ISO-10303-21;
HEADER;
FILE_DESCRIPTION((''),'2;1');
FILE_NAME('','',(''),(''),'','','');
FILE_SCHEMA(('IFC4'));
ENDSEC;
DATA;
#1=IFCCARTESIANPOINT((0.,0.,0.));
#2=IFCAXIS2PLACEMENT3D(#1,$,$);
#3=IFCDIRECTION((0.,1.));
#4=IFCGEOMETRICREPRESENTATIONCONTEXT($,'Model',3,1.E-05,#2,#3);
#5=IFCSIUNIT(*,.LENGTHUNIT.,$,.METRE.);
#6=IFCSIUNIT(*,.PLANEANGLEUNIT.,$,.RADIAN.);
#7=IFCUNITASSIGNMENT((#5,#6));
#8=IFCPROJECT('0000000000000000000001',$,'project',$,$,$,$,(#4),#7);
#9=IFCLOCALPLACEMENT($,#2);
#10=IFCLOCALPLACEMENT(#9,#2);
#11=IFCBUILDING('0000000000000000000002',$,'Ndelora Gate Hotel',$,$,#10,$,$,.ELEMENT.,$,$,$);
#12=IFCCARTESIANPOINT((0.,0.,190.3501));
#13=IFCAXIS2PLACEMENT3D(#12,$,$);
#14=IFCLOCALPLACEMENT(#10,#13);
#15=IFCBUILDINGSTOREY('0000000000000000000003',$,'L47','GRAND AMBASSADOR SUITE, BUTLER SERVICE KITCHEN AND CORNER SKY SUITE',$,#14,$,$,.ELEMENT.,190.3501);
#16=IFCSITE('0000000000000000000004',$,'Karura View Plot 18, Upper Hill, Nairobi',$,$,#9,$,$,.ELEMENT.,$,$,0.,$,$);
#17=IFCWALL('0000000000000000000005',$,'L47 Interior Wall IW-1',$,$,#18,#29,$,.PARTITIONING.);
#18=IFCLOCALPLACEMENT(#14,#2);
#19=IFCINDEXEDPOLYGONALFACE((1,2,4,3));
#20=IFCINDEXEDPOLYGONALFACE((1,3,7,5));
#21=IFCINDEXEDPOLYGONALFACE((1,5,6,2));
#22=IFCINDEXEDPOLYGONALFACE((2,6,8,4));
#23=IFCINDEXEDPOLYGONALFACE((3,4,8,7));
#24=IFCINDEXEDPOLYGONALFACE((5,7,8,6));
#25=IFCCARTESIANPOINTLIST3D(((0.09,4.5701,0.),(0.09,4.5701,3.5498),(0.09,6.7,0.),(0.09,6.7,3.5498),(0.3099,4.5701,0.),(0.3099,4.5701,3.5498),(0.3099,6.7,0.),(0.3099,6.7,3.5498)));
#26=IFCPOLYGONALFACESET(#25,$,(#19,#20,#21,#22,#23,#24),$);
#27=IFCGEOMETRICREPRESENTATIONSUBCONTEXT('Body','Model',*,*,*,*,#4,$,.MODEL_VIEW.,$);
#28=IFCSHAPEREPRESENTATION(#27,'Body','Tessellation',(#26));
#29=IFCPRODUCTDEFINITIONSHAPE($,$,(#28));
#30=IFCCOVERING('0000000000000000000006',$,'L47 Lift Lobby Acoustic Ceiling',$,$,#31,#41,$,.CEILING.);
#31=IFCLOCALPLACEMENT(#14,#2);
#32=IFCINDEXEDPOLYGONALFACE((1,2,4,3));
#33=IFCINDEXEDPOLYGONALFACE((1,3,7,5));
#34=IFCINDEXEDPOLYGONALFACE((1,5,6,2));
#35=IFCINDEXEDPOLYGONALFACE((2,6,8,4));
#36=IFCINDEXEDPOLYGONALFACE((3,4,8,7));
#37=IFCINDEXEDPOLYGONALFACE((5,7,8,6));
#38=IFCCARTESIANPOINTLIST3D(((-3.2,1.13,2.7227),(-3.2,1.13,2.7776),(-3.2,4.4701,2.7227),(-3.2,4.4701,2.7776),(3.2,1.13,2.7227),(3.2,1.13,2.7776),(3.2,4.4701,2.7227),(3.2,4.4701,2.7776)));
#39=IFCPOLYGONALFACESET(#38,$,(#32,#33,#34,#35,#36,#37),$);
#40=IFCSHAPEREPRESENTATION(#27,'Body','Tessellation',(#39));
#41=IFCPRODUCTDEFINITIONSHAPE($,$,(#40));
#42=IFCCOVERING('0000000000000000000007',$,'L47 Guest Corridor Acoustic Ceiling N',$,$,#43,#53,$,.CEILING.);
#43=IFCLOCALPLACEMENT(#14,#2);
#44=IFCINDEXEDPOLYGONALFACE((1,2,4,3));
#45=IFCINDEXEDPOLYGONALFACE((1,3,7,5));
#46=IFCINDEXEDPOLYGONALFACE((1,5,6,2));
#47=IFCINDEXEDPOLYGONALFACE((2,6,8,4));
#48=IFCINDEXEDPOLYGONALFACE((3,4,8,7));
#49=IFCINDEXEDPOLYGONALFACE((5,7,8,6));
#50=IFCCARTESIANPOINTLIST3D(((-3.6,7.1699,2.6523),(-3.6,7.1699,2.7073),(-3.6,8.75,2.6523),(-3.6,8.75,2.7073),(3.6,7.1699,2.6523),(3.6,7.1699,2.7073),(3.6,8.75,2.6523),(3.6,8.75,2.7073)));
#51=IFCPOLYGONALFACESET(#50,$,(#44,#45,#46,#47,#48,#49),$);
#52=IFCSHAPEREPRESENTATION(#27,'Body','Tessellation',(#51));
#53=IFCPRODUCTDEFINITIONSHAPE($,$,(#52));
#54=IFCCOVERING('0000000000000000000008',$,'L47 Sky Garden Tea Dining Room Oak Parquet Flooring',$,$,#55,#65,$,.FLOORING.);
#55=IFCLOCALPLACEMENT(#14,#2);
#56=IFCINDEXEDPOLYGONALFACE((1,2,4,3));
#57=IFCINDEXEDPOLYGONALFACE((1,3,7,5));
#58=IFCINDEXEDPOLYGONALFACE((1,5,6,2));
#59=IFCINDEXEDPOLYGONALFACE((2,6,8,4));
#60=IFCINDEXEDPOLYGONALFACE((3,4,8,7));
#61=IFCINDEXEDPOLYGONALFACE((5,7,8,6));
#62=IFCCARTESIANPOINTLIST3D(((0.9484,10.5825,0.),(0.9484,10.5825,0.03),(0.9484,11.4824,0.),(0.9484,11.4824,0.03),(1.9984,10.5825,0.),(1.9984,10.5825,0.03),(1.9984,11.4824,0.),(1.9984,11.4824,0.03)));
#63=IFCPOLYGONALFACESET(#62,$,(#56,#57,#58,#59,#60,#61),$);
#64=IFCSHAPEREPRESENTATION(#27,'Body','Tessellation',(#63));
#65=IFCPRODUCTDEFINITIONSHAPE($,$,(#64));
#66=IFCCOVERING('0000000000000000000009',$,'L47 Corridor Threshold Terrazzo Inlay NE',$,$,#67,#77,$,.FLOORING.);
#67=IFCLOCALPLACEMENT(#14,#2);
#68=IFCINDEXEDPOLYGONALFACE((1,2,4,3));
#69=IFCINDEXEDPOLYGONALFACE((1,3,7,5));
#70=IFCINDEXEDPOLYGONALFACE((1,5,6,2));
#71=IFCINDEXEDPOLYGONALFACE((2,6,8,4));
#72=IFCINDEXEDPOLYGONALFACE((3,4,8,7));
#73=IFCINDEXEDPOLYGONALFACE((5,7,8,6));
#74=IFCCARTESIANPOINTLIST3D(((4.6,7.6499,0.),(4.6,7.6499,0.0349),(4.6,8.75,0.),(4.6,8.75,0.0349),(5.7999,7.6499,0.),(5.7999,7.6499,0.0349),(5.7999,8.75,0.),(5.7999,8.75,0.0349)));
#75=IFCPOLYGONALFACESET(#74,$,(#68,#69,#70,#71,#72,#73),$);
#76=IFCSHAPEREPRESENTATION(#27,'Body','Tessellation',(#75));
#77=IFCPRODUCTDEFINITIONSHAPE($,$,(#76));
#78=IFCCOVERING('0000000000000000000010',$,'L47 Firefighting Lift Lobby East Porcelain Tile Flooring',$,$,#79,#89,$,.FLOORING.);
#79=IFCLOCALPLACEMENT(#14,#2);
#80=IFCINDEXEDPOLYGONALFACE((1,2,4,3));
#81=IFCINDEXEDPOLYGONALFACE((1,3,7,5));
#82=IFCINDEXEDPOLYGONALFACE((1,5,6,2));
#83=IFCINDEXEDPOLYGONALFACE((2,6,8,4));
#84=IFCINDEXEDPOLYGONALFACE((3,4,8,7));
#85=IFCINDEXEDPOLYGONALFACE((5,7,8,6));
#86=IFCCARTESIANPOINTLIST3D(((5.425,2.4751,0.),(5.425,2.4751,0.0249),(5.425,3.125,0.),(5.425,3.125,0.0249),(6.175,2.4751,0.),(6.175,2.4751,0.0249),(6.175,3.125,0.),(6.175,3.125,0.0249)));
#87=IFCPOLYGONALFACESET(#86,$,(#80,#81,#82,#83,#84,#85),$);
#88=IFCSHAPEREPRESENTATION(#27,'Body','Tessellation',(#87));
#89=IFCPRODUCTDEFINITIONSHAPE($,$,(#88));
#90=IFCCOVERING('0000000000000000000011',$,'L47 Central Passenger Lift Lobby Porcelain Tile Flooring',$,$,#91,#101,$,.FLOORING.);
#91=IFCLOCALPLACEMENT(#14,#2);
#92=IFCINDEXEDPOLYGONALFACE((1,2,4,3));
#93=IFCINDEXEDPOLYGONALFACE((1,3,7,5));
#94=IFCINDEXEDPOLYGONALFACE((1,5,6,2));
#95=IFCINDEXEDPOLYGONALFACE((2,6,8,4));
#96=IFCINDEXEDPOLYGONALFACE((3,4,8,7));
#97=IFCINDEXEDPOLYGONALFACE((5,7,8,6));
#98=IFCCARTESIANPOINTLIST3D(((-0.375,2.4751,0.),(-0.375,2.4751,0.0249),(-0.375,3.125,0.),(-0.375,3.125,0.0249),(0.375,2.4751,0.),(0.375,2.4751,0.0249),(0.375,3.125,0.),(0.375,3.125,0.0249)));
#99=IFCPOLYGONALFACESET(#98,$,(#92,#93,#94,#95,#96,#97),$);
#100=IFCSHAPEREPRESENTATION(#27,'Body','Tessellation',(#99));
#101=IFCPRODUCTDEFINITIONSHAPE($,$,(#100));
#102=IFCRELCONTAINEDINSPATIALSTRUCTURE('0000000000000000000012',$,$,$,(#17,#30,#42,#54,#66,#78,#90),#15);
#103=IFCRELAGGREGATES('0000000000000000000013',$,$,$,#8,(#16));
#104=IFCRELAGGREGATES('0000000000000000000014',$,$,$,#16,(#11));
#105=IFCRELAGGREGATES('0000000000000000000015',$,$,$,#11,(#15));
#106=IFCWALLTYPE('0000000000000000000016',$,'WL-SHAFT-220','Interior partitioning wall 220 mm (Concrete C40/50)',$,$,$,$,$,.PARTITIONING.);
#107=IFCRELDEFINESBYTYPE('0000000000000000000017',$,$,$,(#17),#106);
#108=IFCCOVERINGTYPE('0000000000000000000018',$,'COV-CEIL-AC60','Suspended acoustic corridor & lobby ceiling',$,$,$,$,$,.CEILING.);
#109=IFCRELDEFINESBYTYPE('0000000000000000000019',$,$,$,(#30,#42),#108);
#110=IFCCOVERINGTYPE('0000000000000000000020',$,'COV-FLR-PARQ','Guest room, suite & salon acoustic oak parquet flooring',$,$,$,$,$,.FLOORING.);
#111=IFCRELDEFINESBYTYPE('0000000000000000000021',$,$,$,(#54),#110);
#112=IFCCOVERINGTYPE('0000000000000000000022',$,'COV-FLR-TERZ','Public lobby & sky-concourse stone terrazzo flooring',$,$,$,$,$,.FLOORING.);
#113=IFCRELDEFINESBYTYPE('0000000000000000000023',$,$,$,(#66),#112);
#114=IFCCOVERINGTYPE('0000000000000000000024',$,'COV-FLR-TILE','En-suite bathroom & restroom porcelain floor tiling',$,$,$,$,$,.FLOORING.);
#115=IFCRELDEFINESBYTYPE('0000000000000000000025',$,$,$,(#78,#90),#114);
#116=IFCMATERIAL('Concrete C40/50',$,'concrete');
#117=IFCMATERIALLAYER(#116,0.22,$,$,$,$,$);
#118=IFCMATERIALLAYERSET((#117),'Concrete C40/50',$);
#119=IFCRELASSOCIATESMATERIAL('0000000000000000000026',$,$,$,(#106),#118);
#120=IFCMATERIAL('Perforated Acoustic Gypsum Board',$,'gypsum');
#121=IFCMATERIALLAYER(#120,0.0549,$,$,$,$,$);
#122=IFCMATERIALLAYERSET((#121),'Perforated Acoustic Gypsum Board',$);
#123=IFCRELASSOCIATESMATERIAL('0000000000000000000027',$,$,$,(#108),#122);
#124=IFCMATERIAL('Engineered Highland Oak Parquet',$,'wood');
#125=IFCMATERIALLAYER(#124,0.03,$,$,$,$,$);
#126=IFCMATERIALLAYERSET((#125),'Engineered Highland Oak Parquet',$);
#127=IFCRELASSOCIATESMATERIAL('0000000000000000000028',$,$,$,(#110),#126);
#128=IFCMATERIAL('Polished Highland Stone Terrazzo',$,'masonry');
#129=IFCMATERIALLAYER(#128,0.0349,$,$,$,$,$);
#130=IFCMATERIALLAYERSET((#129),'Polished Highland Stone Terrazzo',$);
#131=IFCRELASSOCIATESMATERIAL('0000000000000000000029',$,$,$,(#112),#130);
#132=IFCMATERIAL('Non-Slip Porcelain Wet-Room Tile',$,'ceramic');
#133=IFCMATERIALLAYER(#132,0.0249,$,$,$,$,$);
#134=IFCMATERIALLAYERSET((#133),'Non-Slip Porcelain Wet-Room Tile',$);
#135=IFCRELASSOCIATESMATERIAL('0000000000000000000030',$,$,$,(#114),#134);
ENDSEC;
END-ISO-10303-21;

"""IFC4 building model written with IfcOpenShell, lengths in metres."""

from ifc_helpers import new_model, si_unit, direction, frame, frame_2d, origin, origin_2d, place, context, subcontext, project, spatial, rectangle, extrude, material, layer, layer_set, type_object, element, save


model = new_model("IFC4")

# Units and contexts
model_context = context("Model", 3, precision=1e-05, world=origin(), true_north=direction((0.0, 1.0)))
body_context = subcontext(model_context, "Body", "Model", "MODEL_VIEW")
ifc_project = project(units=[si_unit("LENGTHUNIT", "METRE"), si_unit("PLANEANGLEUNIT", "RADIAN")], contexts=[model_context])

# Site, building, storey
site_placement = place(None, origin())
site = spatial("IfcSite", under=ifc_project, at=site_placement, Name="Karura View Plot 18, Upper Hill, Nairobi", CompositionType="ELEMENT", RefElevation=0.0)
building_placement = place(site_placement, origin())
building = spatial("IfcBuilding", under=site, at=building_placement, Name="Ndelora Gate Hotel", CompositionType="ELEMENT")
storey_placement = place(building_placement, frame((0.0, 0.0, 190.3501)))
storey = spatial("IfcBuildingStorey", under=building, at=storey_placement, Name="L47", Description="GRAND AMBASSADOR SUITE, BUTLER SERVICE KITCHEN AND CORNER SKY SUITE", CompositionType="ELEMENT", Elevation=190.3501)

# Shared definitions
ifc_material_1 = material(Name="Concrete C40/50", Category="concrete")

# Shared definitions
ifc_layer_1 = layer(ifc_material_1, 0.22)
ifc_layer_set_1 = layer_set([ifc_layer_1], Name="Concrete C40/50")
wall_type_1 = type_object("IfcWallType", Name="WL-SHAFT-220", Description="Interior partitioning wall 220 mm (Concrete C40/50)", PredefinedType="PARTITIONING", material=ifc_layer_set_1)

# Wall
wall_1_placement = place(storey_placement, frame((0.2, 4.5701, 0.0), z_axis=(0.0, 0.0, 1.0), x_axis=(0.0, 1.0, 0.0)))
element("IfcWall", 1, at=wall_1_placement, inside=storey, type_object=wall_type_1, Name="L47 Interior Wall IW-1", PredefinedType="PARTITIONING", context=body_context, shape_type="SweptSolid", body=[
    extrude(rectangle(XDim=2.1299, YDim=0.22, at=frame_2d((1.0649, 0.0))), origin(), (0.0, 0.0, 1.0), 3.5498),
])

# Coverings
ifc_material_2 = material(Name="Perforated Acoustic Gypsum Board", Category="gypsum")
ifc_layer_2 = layer(ifc_material_2, 0.0549)
ifc_layer_set_2 = layer_set([ifc_layer_2], Name="Perforated Acoustic Gypsum Board")
covering_type_1 = type_object("IfcCoveringType", Name="COV-CEIL-AC60", Description="Suspended acoustic corridor & lobby ceiling", PredefinedType="CEILING", material=ifc_layer_set_2)
covering_1_placement = place(storey_placement, frame((0.0, 2.8, 2.7227), z_axis=(0.0, 0.0, 1.0), x_axis=(1.0, 0.0, 0.0)))
element("IfcCovering", 2, at=covering_1_placement, inside=storey, type_object=covering_type_1, Name="L47 Lift Lobby Acoustic Ceiling", PredefinedType="CEILING", context=body_context, shape_type="SweptSolid", body=[
    extrude(rectangle(XDim=6.3999, YDim=3.3401, at=origin_2d()), origin(), (0.0, 0.0, 1.0), 0.0549),
])
covering_2_placement = place(storey_placement, frame((0.0, 7.96, 2.6523), z_axis=(0.0, 0.0, 1.0), x_axis=(1.0, 0.0, 0.0)))
element("IfcCovering", 3, at=covering_2_placement, inside=storey, type_object=covering_type_1, Name="L47 Guest Corridor Acoustic Ceiling N", PredefinedType="CEILING", context=body_context, shape_type="SweptSolid", body=[
    extrude(rectangle(XDim=7.2, YDim=1.5801, at=origin_2d()), origin(), (0.0, 0.0, 1.0), 0.0549),
])
ifc_material_3 = material(Name="Engineered Highland Oak Parquet", Category="wood")
ifc_layer_3 = layer(ifc_material_3, 0.03)
ifc_layer_set_3 = layer_set([ifc_layer_3], Name="Engineered Highland Oak Parquet")
covering_type_2 = type_object("IfcCoveringType", Name="COV-FLR-PARQ", Description="Guest room, suite & salon acoustic oak parquet flooring", PredefinedType="FLOORING", material=ifc_layer_set_3)
covering_3_placement = place(storey_placement, frame((1.4734, 11.0325, 0.0), z_axis=(0.0, 0.0, 1.0), x_axis=(1.0, 0.0, 0.0)))
element("IfcCovering", 4, at=covering_3_placement, inside=storey, type_object=covering_type_2, Name="L47 Sky Garden Tea Dining Room Oak Parquet Flooring", PredefinedType="FLOORING", context=body_context, shape_type="SweptSolid", body=[
    extrude(rectangle(XDim=1.05, YDim=0.8999, at=origin_2d()), origin(), (0.0, 0.0, 1.0), 0.03),
])
ifc_material_4 = material(Name="Polished Highland Stone Terrazzo", Category="masonry")
ifc_layer_4 = layer(ifc_material_4, 0.0349)
ifc_layer_set_4 = layer_set([ifc_layer_4], Name="Polished Highland Stone Terrazzo")
covering_type_3 = type_object("IfcCoveringType", Name="COV-FLR-TERZ", Description="Public lobby & sky-concourse stone terrazzo flooring", PredefinedType="FLOORING", material=ifc_layer_set_4)
covering_4_placement = place(storey_placement, frame((5.2, 8.2, 0.0), z_axis=(0.0, 0.0, 1.0), x_axis=(1.0, 0.0, 0.0)))
element("IfcCovering", 5, at=covering_4_placement, inside=storey, type_object=covering_type_3, Name="L47 Corridor Threshold Terrazzo Inlay NE", PredefinedType="FLOORING", context=body_context, shape_type="SweptSolid", body=[
    extrude(rectangle(XDim=1.2, YDim=1.1001, at=origin_2d()), origin(), (0.0, 0.0, 1.0), 0.0349),
])
ifc_material_5 = material(Name="Non-Slip Porcelain Wet-Room Tile", Category="ceramic")
ifc_layer_5 = layer(ifc_material_5, 0.0249)
ifc_layer_set_5 = layer_set([ifc_layer_5], Name="Non-Slip Porcelain Wet-Room Tile")
covering_type_4 = type_object("IfcCoveringType", Name="COV-FLR-TILE", Description="En-suite bathroom & restroom porcelain floor tiling", PredefinedType="FLOORING", material=ifc_layer_set_5)
for number, where, z_axis, x_axis, name in (
    (6, (5.8, 2.8, 0.0), (0.0, 0.0, 1.0), (1.0, 0.0, 0.0), "L47 Firefighting Lift Lobby East Porcelain Tile Flooring"),
    (7, (0.0, 2.8, 0.0), (0.0, 0.0, 1.0), (1.0, 0.0, 0.0), "L47 Central Passenger Lift Lobby Porcelain Tile Flooring"),
):
    element("IfcCovering", number, at=place(storey_placement, frame(where, z_axis=z_axis, x_axis=x_axis)), inside=storey, type_object=covering_type_4, Name=name, PredefinedType="FLOORING", context=body_context, shape_type="SweptSolid", body=[
        extrude(rectangle(XDim=0.75, YDim=0.6499, at=origin_2d()), origin(), (0.0, 0.0, 1.0), 0.0249),
    ])

save(model, "model.ifc")
